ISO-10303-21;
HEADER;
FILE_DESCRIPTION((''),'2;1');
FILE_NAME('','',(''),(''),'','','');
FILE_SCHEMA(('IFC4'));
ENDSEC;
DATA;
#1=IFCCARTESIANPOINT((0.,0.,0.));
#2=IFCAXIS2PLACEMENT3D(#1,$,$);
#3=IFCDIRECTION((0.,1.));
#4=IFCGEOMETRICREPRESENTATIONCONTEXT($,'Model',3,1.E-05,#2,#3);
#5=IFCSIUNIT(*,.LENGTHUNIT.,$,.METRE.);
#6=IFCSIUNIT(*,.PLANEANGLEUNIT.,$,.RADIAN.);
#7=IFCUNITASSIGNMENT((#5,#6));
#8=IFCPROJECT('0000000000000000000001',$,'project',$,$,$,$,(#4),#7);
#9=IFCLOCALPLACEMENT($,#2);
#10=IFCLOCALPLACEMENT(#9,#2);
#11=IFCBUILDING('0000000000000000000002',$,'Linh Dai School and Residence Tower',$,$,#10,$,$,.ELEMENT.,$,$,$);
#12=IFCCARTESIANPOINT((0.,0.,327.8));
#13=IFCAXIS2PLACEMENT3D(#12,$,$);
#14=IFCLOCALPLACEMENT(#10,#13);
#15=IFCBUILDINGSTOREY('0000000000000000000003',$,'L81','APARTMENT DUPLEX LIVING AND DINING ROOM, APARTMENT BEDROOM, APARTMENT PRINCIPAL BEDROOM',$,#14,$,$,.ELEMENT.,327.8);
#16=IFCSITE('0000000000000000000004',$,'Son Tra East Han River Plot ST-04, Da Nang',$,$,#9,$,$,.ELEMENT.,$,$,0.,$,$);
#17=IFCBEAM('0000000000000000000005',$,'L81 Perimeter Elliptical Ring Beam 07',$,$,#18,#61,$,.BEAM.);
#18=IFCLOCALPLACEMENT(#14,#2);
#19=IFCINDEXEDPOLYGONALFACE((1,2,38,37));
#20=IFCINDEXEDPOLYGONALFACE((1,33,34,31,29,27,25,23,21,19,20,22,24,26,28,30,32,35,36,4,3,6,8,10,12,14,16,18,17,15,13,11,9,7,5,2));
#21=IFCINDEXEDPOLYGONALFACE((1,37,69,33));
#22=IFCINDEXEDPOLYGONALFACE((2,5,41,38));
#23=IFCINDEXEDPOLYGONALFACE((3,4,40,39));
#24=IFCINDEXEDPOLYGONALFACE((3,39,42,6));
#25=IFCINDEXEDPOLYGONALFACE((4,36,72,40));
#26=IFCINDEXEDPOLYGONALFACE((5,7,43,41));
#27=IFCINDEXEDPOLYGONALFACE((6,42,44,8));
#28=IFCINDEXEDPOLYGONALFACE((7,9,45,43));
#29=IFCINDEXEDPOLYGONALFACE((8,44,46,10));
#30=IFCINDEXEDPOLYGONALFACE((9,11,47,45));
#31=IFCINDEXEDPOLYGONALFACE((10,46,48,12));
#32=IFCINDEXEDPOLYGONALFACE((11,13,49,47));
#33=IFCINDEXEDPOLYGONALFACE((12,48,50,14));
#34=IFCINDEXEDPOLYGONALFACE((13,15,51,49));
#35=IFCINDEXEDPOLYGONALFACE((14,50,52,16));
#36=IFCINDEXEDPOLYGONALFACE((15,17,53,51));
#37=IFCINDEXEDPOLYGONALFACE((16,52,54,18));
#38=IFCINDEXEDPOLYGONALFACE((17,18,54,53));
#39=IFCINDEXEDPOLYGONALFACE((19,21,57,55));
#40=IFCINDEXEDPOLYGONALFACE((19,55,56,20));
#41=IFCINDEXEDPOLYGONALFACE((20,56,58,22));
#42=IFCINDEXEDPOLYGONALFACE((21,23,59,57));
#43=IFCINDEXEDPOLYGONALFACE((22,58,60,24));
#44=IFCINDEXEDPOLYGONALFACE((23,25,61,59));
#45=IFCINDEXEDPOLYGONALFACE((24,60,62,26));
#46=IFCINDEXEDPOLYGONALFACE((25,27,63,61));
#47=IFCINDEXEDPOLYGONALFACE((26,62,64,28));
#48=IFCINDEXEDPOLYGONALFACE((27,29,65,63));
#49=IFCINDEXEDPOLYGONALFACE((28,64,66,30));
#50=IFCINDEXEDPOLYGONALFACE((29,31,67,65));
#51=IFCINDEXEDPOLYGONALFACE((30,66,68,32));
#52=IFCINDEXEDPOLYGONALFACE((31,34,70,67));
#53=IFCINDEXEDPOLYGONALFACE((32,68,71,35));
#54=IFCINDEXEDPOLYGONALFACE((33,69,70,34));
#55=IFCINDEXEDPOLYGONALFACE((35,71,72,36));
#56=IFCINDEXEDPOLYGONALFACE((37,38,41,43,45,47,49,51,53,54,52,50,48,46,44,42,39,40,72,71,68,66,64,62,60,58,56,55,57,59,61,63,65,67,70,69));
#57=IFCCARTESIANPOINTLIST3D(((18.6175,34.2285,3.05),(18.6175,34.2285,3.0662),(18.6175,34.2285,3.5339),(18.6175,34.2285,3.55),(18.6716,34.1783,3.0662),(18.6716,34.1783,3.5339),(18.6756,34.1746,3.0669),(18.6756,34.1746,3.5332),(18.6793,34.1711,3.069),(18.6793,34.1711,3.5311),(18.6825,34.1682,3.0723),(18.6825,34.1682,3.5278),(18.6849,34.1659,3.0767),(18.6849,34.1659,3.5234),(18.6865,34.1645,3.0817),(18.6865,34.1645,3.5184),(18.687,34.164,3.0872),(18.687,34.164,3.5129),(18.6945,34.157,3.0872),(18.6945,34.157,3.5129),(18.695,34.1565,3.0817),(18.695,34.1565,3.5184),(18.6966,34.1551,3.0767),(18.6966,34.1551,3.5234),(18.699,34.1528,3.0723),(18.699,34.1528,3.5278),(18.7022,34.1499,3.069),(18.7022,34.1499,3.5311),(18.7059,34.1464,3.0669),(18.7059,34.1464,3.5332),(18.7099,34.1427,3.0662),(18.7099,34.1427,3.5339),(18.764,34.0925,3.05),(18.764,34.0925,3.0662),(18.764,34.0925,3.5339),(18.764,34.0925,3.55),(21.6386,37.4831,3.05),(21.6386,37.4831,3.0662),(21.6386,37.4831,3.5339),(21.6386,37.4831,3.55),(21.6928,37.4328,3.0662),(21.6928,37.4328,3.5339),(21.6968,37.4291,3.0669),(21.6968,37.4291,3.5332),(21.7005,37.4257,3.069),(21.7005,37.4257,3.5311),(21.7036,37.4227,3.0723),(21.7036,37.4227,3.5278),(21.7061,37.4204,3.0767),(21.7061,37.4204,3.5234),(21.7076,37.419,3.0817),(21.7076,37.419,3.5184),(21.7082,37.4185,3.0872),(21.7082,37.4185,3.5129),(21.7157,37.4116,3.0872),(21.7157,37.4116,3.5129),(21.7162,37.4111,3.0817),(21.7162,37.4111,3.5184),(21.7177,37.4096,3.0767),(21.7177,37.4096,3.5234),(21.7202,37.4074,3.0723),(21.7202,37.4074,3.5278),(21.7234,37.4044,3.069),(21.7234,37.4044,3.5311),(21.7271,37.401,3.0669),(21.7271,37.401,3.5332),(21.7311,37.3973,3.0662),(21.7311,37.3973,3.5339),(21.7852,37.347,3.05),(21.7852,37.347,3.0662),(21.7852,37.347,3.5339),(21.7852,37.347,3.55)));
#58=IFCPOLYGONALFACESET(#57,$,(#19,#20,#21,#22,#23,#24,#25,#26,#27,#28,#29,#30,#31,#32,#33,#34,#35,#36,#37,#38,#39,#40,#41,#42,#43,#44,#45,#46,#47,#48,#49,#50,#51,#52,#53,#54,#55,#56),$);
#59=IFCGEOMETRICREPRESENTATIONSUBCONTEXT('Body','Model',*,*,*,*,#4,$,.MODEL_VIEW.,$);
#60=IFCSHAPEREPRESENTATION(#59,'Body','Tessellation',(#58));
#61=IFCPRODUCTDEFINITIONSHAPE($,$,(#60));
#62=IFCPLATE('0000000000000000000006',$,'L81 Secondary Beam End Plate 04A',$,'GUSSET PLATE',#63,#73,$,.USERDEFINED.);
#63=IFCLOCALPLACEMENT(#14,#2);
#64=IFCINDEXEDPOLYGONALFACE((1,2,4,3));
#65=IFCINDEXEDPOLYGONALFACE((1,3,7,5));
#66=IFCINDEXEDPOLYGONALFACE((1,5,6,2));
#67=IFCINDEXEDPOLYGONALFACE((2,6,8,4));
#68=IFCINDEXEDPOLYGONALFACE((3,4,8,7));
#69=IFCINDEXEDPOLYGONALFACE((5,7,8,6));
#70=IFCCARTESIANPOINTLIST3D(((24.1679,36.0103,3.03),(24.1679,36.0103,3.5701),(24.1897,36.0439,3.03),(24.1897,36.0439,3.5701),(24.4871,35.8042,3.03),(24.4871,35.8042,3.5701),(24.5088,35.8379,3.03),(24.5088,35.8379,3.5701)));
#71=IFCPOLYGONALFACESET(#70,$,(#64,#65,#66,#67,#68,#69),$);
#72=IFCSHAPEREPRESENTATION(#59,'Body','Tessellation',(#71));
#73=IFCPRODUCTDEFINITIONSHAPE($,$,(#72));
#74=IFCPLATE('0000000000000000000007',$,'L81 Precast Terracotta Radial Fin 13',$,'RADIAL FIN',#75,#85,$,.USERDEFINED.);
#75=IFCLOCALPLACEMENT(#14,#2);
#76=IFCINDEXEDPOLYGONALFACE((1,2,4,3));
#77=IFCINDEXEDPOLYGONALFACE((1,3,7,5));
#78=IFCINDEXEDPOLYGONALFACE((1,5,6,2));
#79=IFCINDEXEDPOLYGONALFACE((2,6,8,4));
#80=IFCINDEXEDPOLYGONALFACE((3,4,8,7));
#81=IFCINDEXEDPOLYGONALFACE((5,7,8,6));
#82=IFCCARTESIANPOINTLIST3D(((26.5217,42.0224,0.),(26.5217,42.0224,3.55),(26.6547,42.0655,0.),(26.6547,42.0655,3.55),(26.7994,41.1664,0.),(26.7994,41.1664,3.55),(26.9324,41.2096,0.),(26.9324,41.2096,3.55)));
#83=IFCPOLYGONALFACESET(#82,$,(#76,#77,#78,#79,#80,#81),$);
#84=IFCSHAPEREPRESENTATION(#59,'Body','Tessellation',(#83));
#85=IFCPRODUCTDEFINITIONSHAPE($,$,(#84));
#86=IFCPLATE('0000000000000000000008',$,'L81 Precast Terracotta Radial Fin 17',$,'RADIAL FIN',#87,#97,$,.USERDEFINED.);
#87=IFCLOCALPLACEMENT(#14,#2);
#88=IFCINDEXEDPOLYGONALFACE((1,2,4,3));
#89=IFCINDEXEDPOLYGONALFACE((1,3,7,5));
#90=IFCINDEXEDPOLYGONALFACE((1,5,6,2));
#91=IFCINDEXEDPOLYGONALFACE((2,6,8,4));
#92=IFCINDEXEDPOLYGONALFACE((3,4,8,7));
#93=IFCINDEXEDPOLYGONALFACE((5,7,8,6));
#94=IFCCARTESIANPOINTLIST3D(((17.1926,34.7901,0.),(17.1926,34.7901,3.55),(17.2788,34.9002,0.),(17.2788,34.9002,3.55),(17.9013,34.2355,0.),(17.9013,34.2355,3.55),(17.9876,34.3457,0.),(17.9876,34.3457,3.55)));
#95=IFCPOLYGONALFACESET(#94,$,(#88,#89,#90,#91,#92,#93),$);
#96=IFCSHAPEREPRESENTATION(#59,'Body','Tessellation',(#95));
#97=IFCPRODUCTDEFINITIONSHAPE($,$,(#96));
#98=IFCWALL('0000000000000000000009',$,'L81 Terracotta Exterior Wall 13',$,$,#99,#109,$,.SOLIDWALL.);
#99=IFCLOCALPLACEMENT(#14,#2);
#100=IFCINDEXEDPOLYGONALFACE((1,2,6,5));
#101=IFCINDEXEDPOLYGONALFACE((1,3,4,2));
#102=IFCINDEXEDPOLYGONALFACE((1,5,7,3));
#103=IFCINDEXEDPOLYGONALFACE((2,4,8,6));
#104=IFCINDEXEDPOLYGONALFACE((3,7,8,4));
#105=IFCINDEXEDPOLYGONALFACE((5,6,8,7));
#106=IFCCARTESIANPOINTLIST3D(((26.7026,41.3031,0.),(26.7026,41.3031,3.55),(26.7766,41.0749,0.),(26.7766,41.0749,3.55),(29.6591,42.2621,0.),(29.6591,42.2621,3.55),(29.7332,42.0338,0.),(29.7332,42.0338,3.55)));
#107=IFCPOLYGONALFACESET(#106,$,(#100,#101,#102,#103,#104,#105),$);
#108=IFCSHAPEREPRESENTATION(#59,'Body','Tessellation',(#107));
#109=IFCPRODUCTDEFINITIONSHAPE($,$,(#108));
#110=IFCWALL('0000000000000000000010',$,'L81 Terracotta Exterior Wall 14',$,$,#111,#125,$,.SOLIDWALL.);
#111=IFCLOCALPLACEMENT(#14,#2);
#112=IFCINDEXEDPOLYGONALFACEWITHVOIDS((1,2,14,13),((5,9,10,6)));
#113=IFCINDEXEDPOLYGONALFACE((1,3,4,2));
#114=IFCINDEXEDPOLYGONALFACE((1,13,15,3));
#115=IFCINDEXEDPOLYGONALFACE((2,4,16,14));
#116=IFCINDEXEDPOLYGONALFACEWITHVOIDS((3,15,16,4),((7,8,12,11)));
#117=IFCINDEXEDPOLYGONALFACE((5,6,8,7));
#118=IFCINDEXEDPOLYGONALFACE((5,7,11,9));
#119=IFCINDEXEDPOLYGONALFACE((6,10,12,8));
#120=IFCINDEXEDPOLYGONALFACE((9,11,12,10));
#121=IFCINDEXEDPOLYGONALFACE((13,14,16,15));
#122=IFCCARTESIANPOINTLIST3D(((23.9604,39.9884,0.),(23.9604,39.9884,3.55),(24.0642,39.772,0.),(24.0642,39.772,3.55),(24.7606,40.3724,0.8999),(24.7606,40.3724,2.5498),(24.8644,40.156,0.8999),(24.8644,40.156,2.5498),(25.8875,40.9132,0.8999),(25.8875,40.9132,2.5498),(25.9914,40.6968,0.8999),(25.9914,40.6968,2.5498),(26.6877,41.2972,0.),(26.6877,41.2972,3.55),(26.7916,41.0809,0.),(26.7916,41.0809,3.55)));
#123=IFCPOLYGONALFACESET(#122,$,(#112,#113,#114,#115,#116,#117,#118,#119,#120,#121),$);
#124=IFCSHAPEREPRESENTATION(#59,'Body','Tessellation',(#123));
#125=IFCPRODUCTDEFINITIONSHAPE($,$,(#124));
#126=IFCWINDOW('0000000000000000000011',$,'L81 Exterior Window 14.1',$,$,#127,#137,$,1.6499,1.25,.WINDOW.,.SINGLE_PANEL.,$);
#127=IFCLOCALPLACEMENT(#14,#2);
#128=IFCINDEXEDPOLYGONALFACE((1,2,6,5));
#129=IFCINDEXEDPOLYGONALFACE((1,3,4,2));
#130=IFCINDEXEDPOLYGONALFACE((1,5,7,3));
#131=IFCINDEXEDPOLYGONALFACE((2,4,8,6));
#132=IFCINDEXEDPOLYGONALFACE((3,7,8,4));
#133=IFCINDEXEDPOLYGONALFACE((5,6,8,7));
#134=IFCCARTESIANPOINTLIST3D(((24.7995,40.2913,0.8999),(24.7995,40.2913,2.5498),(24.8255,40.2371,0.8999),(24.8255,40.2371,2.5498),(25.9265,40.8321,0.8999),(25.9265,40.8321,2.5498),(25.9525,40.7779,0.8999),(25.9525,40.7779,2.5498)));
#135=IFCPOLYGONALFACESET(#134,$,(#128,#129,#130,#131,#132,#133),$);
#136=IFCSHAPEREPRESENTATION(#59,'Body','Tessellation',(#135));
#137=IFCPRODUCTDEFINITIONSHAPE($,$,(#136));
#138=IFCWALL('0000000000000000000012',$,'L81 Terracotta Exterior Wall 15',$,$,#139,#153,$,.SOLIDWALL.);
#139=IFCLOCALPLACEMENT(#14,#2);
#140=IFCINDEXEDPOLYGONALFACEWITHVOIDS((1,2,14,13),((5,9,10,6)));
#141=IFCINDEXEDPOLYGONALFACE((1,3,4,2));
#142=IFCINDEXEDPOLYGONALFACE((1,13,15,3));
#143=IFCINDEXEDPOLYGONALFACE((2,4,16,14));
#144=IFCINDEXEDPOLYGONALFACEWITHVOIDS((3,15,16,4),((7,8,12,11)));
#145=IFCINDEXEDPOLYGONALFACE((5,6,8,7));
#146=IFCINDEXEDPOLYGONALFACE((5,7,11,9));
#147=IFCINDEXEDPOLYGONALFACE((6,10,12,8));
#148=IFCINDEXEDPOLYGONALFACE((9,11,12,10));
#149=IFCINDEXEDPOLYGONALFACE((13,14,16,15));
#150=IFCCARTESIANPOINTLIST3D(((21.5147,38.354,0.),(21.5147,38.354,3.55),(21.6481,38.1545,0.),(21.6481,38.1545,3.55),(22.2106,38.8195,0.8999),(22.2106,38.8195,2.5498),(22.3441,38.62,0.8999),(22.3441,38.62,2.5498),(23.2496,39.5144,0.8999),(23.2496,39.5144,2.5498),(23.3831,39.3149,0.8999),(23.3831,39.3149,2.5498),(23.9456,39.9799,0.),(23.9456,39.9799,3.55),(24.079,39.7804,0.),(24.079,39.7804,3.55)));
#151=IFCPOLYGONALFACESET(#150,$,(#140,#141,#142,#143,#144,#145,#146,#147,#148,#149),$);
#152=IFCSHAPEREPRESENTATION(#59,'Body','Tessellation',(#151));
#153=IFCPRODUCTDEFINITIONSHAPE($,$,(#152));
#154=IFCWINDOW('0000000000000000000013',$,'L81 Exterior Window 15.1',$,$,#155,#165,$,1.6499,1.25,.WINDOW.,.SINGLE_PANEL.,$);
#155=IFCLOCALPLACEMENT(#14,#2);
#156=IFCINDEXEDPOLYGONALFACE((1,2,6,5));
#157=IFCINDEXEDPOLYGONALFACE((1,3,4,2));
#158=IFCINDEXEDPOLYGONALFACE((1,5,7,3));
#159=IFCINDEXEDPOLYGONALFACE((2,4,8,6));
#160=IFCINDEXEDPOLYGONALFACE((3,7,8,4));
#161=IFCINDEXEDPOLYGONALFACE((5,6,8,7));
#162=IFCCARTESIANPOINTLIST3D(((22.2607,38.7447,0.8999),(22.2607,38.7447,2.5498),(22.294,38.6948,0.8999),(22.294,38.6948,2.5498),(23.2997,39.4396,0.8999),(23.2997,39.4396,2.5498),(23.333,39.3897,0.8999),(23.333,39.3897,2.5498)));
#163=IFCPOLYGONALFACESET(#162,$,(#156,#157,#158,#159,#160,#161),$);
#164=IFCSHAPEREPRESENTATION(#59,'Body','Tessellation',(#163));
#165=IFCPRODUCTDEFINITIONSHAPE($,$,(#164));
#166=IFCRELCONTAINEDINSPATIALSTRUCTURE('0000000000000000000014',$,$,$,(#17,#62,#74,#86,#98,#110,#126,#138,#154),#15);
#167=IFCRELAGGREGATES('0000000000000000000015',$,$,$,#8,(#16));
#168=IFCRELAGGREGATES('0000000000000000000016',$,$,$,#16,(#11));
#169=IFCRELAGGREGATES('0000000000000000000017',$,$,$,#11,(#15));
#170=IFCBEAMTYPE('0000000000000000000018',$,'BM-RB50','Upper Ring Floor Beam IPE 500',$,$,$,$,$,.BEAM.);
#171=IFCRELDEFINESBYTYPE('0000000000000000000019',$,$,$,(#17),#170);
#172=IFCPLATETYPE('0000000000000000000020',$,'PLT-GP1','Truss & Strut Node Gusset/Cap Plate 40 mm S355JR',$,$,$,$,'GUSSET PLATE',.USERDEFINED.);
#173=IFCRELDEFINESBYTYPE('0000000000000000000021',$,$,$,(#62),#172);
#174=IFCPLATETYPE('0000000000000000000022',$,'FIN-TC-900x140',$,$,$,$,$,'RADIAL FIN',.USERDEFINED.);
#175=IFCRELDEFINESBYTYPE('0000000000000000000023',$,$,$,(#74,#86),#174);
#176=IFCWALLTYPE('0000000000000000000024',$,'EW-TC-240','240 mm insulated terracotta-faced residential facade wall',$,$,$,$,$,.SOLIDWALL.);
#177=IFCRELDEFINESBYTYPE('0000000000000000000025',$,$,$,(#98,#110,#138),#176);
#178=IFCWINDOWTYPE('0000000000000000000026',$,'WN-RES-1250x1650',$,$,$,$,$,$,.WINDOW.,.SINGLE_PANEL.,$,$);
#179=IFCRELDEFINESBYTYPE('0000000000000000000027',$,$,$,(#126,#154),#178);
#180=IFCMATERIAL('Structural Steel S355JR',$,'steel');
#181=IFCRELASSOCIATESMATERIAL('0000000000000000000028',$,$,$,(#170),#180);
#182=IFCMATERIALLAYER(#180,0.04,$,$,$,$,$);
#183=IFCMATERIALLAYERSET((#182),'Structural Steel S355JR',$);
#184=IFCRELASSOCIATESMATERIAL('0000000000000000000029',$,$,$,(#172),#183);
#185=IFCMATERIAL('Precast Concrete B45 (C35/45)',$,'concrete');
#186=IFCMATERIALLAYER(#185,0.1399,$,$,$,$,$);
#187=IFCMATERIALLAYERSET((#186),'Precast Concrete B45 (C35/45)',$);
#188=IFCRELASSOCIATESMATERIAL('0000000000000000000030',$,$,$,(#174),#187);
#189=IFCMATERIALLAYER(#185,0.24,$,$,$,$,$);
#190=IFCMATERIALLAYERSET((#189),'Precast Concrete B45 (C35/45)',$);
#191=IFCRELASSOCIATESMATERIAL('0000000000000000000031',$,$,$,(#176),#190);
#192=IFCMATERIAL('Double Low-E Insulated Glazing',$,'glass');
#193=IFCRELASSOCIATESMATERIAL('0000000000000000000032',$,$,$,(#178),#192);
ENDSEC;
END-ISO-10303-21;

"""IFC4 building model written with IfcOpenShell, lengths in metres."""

from ifc_helpers import new_model, si_unit, direction, frame, frame_2d, origin, origin_2d, place, context, subcontext, project, spatial, rectangle, i_section, extrude, source, transform, mapped, material, layer, layer_set, material_profile, profile_set, type_object, element, fill, save


model = new_model("IFC4")

# Units and contexts
model_context = context("Model", 3, precision=1e-05, world=origin(), true_north=direction((0.0, 1.0)))
body_context = subcontext(model_context, "Body", "Model", "MODEL_VIEW")
ifc_project = project(units=[si_unit("LENGTHUNIT", "METRE"), si_unit("PLANEANGLEUNIT", "RADIAN")], contexts=[model_context])

# Site, building, storey
site_placement = place(None, origin())
site = spatial("IfcSite", under=ifc_project, at=site_placement, Name="Son Tra East Han River Plot ST-04, Da Nang", CompositionType="ELEMENT", RefElevation=0.0)
building_placement = place(site_placement, origin())
building = spatial("IfcBuilding", under=site, at=building_placement, Name="Linh Dai School and Residence Tower", CompositionType="ELEMENT")
storey_placement = place(building_placement, frame((0.0, 0.0, 327.8)))
storey = spatial("IfcBuildingStorey", under=building, at=storey_placement, Name="L81", Description="APARTMENT DUPLEX LIVING AND DINING ROOM, APARTMENT BEDROOM, APARTMENT PRINCIPAL BEDROOM", CompositionType="ELEMENT", Elevation=327.8)

# Shared definitions
ifc_material_1 = material(Name="Structural Steel S355JR", Category="steel")

# Beam
ifc_material_profile_1 = material_profile(ifc_material_1, i_section(OverallWidth=0.2, OverallDepth=0.5, WebThickness=0.0103, FlangeThickness=0.0161, FilletRadius=0.021, at=origin_2d()), Name="IPE 500")
ifc_profile_set_1 = profile_set([ifc_material_profile_1], Name="Structural Steel S355JR")
beam_type_1 = type_object("IfcBeamType", Name="BM-RB50", Description="Upper Ring Floor Beam IPE 500", PredefinedType="BEAM", material=ifc_profile_set_1)
beam_1_placement = place(storey_placement, frame((21.7119, 37.415, 3.3), z_axis=(-0.680339, -0.732897, 0.0), x_axis=(0.732897, -0.680339, 0.0)))
element("IfcBeam", 1, at=beam_1_placement, inside=storey, type_object=beam_type_1, Name="L81 Perimeter Elliptical Ring Beam 07", PredefinedType="BEAM", context=body_context, shape_type="SweptSolid", body=[
    extrude(i_section(OverallWidth=0.2, OverallDepth=0.5, WebThickness=0.0103, FlangeThickness=0.0161, FilletRadius=0.021, at=origin_2d()), origin(), (0.0, 0.0, 1.0), 4.4407),
])

# Plates
ifc_layer_1 = layer(ifc_material_1, 0.04)
ifc_layer_set_1 = layer_set([ifc_layer_1], Name="Structural Steel S355JR")
plate_type_1 = type_object("IfcPlateType", Name="PLT-GP1", Description="Truss & Strut Node Gusset/Cap Plate 40 mm S355JR", ElementType="GUSSET PLATE", PredefinedType="USERDEFINED", material=ifc_layer_set_1)
shared_shape_1 = source(origin(), body_context, "Body", "SweptSolid", [
    extrude(rectangle(XDim=0.04, YDim=0.3799, at=origin_2d()), origin(), (0.0, 0.0, 1.0), 0.54),
])
plate_placement = place(storey_placement, frame((24.3384, 35.9241, 3.03), z_axis=(0.0, 0.0, 1.0), x_axis=(-0.542322, -0.840171, 0.0)))
element("IfcPlate", 2, at=plate_placement, inside=storey, type_object=plate_type_1, Name="L81 Secondary Beam End Plate 04A", ObjectType="GUSSET PLATE", PredefinedType="USERDEFINED", context=body_context, shape_type="MappedRepresentation", body=[
    mapped(shared_shape_1, transform((0.0, 0.0, 0.0), x_axis=(1.0, 0.0, 0.0), y_axis=(0.0, 1.0, 0.0), z_axis=(0.0, 0.0, 1.0), scale=1.0)),
])
ifc_material_2 = material(Name="Precast Concrete B45 (C35/45)", Category="concrete")
ifc_layer_2 = layer(ifc_material_2, 0.1399)
ifc_layer_set_2 = layer_set([ifc_layer_2], Name="Precast Concrete B45 (C35/45)")
plate_type_2 = type_object("IfcPlateType", Name="FIN-TC-900x140", ElementType="RADIAL FIN", PredefinedType="USERDEFINED", material=ifc_layer_set_2)
shared_shape_2 = source(origin(), body_context, "Body", "SweptSolid", [
    extrude(rectangle(XDim=0.8999, YDim=0.1399, at=origin_2d()), origin(), (0.0, 0.0, 1.0), 3.55),
])
for number, where, z_axis, x_axis, name in (
    (3, (26.7271, 41.616, 0.0), (0.0, 0.0, 1.0), (-0.308565, 0.951203, 0.0), "L81 Precast Terracotta Radial Fin 13"),
    (4, (17.5901, 34.5679, 0.0), (0.0, 0.0, 1.0), (-0.787553, 0.616247, 0.0), "L81 Precast Terracotta Radial Fin 17"),
):
    element("IfcPlate", number, at=place(storey_placement, frame(where, z_axis=z_axis, x_axis=x_axis)), inside=storey, type_object=plate_type_2, Name=name, ObjectType="RADIAL FIN", PredefinedType="USERDEFINED", context=body_context, shape_type="MappedRepresentation", body=[
        mapped(shared_shape_2, transform((0.0, 0.0, 0.0), x_axis=(1.0, 0.0, 0.0), y_axis=(0.0, 1.0, 0.0), z_axis=(0.0, 0.0, 1.0), scale=1.0)),
    ])

# Wall
ifc_layer_3 = layer(ifc_material_2, 0.24)
ifc_layer_set_3 = layer_set([ifc_layer_3], Name="Precast Concrete B45 (C35/45)")
wall_type_1 = type_object("IfcWallType", Name="EW-TC-240", Description="240 mm insulated terracotta-faced residential facade wall", PredefinedType="SOLIDWALL", material=ifc_layer_set_3)
wall_1_placement = place(storey_placement, frame((26.7395, 41.189, 0.0), z_axis=(0.0, 0.0, 1.0), x_axis=(0.951213, 0.308535, 0.0)))
element("IfcWall", 5, at=wall_1_placement, inside=storey, type_object=wall_type_1, Name="L81 Terracotta Exterior Wall 13", PredefinedType="SOLIDWALL", context=body_context, shape_type="SweptSolid", body=[
    extrude(rectangle(XDim=3.1082, YDim=0.24, at=frame_2d((1.5542, 0.0))), origin(), (0.0, 0.0, 1.0), 3.55),
])

# Walls, openings, windows
wall_2_placement = place(storey_placement, frame((24.0122, 39.8801, 0.0), z_axis=(0.0, 0.0, 1.0), x_axis=(0.901557, 0.43266, 0.0)))
wall_2 = element("IfcWall", 6, at=wall_2_placement, inside=storey, type_object=wall_type_1, Name="L81 Terracotta Exterior Wall 14", PredefinedType="SOLIDWALL", context=body_context, shape_type="SweptSolid", body=[
    extrude(rectangle(XDim=3.0251, YDim=0.24, at=frame_2d((1.5127, 0.0))), origin(), (0.0, 0.0, 1.0), 3.55),
])
opening_1_placement = place(wall_2_placement, frame((0.8877, 0.0, 0.8999)))
opening_1 = element("IfcOpeningElement", 7, at=opening_1_placement, cuts=wall_2, PredefinedType="OPENING", context=body_context, shape_type="SweptSolid", body=[
    extrude(rectangle(XDim=1.25, YDim=1.6499, at=origin_2d()), frame((0.625, 0.1299, 0.825), z_axis=(0.0, -1.0, 0.0), x_axis=(1.0, 0.0, 0.0)), (0.0, 0.0, 1.0), 0.26),
])
ifc_material_3 = material(Name="Double Low-E Insulated Glazing", Category="glass")
window_type = type_object("IfcWindowType", Name="WN-RES-1250x1650", PartitioningType="SINGLE_PANEL", PredefinedType="WINDOW", material=ifc_material_3)
shared_shape_3 = source(origin(), body_context, "Body", "SweptSolid", [
    extrude(rectangle(XDim=1.25, YDim=1.6499, at=origin_2d()), frame((0.625, 0.03, 0.825), z_axis=(0.0, -1.0, 0.0), x_axis=(1.0, 0.0, 0.0)), (0.0, 0.0, 1.0), 0.0601),
])
window_1_placement = place(opening_1_placement, origin())
window_1 = element("IfcWindow", 8, at=window_1_placement, inside=storey, type_object=window_type, Name="L81 Exterior Window 14.1", OverallHeight=1.6499, OverallWidth=1.25, PartitioningType="SINGLE_PANEL", PredefinedType="WINDOW", context=body_context, shape_type="MappedRepresentation", body=[
    mapped(shared_shape_3, transform((0.0, 0.0, 0.0), x_axis=(1.0, 0.0, 0.0), y_axis=(0.0, 1.0, 0.0), z_axis=(0.0, 0.0, 1.0), scale=1.0)),
])
fill(opening_1, window_1)
wall_3_placement = place(storey_placement, frame((21.5813, 38.2542, 0.0), z_axis=(0.0, 0.0, 1.0), x_axis=(0.831202, 0.555971, 0.0)))
wall_3 = element("IfcWall", 9, at=wall_3_placement, inside=storey, type_object=wall_type_1, Name="L81 Terracotta Exterior Wall 15", PredefinedType="SOLIDWALL", context=body_context, shape_type="SweptSolid", body=[
    extrude(rectangle(XDim=2.9246, YDim=0.24, at=frame_2d((1.4624, 0.0))), origin(), (0.0, 0.0, 1.0), 3.55),
])
opening_2_placement = place(wall_3_placement, frame((0.8374, 0.0, 0.8999)))
opening_2 = element("IfcOpeningElement", 10, at=opening_2_placement, cuts=wall_3, PredefinedType="OPENING", context=body_context, shape_type="SweptSolid", body=[
    extrude(rectangle(XDim=1.25, YDim=1.6499, at=origin_2d()), frame((0.625, 0.1299, 0.825), z_axis=(0.0, -1.0, 0.0), x_axis=(1.0, 0.0, 0.0)), (0.0, 0.0, 1.0), 0.26),
])
window_2_placement = place(opening_2_placement, origin())
window_2 = element("IfcWindow", 11, at=window_2_placement, inside=storey, type_object=window_type, Name="L81 Exterior Window 15.1", OverallHeight=1.6499, OverallWidth=1.25, PartitioningType="SINGLE_PANEL", PredefinedType="WINDOW", context=body_context, shape_type="MappedRepresentation", body=[
    mapped(shared_shape_3, transform((0.0, 0.0, 0.0), x_axis=(1.0, 0.0, 0.0), y_axis=(0.0, 1.0, 0.0), z_axis=(0.0, 0.0, 1.0), scale=1.0)),
])
fill(opening_2, window_2)

save(model, "model.ifc")
